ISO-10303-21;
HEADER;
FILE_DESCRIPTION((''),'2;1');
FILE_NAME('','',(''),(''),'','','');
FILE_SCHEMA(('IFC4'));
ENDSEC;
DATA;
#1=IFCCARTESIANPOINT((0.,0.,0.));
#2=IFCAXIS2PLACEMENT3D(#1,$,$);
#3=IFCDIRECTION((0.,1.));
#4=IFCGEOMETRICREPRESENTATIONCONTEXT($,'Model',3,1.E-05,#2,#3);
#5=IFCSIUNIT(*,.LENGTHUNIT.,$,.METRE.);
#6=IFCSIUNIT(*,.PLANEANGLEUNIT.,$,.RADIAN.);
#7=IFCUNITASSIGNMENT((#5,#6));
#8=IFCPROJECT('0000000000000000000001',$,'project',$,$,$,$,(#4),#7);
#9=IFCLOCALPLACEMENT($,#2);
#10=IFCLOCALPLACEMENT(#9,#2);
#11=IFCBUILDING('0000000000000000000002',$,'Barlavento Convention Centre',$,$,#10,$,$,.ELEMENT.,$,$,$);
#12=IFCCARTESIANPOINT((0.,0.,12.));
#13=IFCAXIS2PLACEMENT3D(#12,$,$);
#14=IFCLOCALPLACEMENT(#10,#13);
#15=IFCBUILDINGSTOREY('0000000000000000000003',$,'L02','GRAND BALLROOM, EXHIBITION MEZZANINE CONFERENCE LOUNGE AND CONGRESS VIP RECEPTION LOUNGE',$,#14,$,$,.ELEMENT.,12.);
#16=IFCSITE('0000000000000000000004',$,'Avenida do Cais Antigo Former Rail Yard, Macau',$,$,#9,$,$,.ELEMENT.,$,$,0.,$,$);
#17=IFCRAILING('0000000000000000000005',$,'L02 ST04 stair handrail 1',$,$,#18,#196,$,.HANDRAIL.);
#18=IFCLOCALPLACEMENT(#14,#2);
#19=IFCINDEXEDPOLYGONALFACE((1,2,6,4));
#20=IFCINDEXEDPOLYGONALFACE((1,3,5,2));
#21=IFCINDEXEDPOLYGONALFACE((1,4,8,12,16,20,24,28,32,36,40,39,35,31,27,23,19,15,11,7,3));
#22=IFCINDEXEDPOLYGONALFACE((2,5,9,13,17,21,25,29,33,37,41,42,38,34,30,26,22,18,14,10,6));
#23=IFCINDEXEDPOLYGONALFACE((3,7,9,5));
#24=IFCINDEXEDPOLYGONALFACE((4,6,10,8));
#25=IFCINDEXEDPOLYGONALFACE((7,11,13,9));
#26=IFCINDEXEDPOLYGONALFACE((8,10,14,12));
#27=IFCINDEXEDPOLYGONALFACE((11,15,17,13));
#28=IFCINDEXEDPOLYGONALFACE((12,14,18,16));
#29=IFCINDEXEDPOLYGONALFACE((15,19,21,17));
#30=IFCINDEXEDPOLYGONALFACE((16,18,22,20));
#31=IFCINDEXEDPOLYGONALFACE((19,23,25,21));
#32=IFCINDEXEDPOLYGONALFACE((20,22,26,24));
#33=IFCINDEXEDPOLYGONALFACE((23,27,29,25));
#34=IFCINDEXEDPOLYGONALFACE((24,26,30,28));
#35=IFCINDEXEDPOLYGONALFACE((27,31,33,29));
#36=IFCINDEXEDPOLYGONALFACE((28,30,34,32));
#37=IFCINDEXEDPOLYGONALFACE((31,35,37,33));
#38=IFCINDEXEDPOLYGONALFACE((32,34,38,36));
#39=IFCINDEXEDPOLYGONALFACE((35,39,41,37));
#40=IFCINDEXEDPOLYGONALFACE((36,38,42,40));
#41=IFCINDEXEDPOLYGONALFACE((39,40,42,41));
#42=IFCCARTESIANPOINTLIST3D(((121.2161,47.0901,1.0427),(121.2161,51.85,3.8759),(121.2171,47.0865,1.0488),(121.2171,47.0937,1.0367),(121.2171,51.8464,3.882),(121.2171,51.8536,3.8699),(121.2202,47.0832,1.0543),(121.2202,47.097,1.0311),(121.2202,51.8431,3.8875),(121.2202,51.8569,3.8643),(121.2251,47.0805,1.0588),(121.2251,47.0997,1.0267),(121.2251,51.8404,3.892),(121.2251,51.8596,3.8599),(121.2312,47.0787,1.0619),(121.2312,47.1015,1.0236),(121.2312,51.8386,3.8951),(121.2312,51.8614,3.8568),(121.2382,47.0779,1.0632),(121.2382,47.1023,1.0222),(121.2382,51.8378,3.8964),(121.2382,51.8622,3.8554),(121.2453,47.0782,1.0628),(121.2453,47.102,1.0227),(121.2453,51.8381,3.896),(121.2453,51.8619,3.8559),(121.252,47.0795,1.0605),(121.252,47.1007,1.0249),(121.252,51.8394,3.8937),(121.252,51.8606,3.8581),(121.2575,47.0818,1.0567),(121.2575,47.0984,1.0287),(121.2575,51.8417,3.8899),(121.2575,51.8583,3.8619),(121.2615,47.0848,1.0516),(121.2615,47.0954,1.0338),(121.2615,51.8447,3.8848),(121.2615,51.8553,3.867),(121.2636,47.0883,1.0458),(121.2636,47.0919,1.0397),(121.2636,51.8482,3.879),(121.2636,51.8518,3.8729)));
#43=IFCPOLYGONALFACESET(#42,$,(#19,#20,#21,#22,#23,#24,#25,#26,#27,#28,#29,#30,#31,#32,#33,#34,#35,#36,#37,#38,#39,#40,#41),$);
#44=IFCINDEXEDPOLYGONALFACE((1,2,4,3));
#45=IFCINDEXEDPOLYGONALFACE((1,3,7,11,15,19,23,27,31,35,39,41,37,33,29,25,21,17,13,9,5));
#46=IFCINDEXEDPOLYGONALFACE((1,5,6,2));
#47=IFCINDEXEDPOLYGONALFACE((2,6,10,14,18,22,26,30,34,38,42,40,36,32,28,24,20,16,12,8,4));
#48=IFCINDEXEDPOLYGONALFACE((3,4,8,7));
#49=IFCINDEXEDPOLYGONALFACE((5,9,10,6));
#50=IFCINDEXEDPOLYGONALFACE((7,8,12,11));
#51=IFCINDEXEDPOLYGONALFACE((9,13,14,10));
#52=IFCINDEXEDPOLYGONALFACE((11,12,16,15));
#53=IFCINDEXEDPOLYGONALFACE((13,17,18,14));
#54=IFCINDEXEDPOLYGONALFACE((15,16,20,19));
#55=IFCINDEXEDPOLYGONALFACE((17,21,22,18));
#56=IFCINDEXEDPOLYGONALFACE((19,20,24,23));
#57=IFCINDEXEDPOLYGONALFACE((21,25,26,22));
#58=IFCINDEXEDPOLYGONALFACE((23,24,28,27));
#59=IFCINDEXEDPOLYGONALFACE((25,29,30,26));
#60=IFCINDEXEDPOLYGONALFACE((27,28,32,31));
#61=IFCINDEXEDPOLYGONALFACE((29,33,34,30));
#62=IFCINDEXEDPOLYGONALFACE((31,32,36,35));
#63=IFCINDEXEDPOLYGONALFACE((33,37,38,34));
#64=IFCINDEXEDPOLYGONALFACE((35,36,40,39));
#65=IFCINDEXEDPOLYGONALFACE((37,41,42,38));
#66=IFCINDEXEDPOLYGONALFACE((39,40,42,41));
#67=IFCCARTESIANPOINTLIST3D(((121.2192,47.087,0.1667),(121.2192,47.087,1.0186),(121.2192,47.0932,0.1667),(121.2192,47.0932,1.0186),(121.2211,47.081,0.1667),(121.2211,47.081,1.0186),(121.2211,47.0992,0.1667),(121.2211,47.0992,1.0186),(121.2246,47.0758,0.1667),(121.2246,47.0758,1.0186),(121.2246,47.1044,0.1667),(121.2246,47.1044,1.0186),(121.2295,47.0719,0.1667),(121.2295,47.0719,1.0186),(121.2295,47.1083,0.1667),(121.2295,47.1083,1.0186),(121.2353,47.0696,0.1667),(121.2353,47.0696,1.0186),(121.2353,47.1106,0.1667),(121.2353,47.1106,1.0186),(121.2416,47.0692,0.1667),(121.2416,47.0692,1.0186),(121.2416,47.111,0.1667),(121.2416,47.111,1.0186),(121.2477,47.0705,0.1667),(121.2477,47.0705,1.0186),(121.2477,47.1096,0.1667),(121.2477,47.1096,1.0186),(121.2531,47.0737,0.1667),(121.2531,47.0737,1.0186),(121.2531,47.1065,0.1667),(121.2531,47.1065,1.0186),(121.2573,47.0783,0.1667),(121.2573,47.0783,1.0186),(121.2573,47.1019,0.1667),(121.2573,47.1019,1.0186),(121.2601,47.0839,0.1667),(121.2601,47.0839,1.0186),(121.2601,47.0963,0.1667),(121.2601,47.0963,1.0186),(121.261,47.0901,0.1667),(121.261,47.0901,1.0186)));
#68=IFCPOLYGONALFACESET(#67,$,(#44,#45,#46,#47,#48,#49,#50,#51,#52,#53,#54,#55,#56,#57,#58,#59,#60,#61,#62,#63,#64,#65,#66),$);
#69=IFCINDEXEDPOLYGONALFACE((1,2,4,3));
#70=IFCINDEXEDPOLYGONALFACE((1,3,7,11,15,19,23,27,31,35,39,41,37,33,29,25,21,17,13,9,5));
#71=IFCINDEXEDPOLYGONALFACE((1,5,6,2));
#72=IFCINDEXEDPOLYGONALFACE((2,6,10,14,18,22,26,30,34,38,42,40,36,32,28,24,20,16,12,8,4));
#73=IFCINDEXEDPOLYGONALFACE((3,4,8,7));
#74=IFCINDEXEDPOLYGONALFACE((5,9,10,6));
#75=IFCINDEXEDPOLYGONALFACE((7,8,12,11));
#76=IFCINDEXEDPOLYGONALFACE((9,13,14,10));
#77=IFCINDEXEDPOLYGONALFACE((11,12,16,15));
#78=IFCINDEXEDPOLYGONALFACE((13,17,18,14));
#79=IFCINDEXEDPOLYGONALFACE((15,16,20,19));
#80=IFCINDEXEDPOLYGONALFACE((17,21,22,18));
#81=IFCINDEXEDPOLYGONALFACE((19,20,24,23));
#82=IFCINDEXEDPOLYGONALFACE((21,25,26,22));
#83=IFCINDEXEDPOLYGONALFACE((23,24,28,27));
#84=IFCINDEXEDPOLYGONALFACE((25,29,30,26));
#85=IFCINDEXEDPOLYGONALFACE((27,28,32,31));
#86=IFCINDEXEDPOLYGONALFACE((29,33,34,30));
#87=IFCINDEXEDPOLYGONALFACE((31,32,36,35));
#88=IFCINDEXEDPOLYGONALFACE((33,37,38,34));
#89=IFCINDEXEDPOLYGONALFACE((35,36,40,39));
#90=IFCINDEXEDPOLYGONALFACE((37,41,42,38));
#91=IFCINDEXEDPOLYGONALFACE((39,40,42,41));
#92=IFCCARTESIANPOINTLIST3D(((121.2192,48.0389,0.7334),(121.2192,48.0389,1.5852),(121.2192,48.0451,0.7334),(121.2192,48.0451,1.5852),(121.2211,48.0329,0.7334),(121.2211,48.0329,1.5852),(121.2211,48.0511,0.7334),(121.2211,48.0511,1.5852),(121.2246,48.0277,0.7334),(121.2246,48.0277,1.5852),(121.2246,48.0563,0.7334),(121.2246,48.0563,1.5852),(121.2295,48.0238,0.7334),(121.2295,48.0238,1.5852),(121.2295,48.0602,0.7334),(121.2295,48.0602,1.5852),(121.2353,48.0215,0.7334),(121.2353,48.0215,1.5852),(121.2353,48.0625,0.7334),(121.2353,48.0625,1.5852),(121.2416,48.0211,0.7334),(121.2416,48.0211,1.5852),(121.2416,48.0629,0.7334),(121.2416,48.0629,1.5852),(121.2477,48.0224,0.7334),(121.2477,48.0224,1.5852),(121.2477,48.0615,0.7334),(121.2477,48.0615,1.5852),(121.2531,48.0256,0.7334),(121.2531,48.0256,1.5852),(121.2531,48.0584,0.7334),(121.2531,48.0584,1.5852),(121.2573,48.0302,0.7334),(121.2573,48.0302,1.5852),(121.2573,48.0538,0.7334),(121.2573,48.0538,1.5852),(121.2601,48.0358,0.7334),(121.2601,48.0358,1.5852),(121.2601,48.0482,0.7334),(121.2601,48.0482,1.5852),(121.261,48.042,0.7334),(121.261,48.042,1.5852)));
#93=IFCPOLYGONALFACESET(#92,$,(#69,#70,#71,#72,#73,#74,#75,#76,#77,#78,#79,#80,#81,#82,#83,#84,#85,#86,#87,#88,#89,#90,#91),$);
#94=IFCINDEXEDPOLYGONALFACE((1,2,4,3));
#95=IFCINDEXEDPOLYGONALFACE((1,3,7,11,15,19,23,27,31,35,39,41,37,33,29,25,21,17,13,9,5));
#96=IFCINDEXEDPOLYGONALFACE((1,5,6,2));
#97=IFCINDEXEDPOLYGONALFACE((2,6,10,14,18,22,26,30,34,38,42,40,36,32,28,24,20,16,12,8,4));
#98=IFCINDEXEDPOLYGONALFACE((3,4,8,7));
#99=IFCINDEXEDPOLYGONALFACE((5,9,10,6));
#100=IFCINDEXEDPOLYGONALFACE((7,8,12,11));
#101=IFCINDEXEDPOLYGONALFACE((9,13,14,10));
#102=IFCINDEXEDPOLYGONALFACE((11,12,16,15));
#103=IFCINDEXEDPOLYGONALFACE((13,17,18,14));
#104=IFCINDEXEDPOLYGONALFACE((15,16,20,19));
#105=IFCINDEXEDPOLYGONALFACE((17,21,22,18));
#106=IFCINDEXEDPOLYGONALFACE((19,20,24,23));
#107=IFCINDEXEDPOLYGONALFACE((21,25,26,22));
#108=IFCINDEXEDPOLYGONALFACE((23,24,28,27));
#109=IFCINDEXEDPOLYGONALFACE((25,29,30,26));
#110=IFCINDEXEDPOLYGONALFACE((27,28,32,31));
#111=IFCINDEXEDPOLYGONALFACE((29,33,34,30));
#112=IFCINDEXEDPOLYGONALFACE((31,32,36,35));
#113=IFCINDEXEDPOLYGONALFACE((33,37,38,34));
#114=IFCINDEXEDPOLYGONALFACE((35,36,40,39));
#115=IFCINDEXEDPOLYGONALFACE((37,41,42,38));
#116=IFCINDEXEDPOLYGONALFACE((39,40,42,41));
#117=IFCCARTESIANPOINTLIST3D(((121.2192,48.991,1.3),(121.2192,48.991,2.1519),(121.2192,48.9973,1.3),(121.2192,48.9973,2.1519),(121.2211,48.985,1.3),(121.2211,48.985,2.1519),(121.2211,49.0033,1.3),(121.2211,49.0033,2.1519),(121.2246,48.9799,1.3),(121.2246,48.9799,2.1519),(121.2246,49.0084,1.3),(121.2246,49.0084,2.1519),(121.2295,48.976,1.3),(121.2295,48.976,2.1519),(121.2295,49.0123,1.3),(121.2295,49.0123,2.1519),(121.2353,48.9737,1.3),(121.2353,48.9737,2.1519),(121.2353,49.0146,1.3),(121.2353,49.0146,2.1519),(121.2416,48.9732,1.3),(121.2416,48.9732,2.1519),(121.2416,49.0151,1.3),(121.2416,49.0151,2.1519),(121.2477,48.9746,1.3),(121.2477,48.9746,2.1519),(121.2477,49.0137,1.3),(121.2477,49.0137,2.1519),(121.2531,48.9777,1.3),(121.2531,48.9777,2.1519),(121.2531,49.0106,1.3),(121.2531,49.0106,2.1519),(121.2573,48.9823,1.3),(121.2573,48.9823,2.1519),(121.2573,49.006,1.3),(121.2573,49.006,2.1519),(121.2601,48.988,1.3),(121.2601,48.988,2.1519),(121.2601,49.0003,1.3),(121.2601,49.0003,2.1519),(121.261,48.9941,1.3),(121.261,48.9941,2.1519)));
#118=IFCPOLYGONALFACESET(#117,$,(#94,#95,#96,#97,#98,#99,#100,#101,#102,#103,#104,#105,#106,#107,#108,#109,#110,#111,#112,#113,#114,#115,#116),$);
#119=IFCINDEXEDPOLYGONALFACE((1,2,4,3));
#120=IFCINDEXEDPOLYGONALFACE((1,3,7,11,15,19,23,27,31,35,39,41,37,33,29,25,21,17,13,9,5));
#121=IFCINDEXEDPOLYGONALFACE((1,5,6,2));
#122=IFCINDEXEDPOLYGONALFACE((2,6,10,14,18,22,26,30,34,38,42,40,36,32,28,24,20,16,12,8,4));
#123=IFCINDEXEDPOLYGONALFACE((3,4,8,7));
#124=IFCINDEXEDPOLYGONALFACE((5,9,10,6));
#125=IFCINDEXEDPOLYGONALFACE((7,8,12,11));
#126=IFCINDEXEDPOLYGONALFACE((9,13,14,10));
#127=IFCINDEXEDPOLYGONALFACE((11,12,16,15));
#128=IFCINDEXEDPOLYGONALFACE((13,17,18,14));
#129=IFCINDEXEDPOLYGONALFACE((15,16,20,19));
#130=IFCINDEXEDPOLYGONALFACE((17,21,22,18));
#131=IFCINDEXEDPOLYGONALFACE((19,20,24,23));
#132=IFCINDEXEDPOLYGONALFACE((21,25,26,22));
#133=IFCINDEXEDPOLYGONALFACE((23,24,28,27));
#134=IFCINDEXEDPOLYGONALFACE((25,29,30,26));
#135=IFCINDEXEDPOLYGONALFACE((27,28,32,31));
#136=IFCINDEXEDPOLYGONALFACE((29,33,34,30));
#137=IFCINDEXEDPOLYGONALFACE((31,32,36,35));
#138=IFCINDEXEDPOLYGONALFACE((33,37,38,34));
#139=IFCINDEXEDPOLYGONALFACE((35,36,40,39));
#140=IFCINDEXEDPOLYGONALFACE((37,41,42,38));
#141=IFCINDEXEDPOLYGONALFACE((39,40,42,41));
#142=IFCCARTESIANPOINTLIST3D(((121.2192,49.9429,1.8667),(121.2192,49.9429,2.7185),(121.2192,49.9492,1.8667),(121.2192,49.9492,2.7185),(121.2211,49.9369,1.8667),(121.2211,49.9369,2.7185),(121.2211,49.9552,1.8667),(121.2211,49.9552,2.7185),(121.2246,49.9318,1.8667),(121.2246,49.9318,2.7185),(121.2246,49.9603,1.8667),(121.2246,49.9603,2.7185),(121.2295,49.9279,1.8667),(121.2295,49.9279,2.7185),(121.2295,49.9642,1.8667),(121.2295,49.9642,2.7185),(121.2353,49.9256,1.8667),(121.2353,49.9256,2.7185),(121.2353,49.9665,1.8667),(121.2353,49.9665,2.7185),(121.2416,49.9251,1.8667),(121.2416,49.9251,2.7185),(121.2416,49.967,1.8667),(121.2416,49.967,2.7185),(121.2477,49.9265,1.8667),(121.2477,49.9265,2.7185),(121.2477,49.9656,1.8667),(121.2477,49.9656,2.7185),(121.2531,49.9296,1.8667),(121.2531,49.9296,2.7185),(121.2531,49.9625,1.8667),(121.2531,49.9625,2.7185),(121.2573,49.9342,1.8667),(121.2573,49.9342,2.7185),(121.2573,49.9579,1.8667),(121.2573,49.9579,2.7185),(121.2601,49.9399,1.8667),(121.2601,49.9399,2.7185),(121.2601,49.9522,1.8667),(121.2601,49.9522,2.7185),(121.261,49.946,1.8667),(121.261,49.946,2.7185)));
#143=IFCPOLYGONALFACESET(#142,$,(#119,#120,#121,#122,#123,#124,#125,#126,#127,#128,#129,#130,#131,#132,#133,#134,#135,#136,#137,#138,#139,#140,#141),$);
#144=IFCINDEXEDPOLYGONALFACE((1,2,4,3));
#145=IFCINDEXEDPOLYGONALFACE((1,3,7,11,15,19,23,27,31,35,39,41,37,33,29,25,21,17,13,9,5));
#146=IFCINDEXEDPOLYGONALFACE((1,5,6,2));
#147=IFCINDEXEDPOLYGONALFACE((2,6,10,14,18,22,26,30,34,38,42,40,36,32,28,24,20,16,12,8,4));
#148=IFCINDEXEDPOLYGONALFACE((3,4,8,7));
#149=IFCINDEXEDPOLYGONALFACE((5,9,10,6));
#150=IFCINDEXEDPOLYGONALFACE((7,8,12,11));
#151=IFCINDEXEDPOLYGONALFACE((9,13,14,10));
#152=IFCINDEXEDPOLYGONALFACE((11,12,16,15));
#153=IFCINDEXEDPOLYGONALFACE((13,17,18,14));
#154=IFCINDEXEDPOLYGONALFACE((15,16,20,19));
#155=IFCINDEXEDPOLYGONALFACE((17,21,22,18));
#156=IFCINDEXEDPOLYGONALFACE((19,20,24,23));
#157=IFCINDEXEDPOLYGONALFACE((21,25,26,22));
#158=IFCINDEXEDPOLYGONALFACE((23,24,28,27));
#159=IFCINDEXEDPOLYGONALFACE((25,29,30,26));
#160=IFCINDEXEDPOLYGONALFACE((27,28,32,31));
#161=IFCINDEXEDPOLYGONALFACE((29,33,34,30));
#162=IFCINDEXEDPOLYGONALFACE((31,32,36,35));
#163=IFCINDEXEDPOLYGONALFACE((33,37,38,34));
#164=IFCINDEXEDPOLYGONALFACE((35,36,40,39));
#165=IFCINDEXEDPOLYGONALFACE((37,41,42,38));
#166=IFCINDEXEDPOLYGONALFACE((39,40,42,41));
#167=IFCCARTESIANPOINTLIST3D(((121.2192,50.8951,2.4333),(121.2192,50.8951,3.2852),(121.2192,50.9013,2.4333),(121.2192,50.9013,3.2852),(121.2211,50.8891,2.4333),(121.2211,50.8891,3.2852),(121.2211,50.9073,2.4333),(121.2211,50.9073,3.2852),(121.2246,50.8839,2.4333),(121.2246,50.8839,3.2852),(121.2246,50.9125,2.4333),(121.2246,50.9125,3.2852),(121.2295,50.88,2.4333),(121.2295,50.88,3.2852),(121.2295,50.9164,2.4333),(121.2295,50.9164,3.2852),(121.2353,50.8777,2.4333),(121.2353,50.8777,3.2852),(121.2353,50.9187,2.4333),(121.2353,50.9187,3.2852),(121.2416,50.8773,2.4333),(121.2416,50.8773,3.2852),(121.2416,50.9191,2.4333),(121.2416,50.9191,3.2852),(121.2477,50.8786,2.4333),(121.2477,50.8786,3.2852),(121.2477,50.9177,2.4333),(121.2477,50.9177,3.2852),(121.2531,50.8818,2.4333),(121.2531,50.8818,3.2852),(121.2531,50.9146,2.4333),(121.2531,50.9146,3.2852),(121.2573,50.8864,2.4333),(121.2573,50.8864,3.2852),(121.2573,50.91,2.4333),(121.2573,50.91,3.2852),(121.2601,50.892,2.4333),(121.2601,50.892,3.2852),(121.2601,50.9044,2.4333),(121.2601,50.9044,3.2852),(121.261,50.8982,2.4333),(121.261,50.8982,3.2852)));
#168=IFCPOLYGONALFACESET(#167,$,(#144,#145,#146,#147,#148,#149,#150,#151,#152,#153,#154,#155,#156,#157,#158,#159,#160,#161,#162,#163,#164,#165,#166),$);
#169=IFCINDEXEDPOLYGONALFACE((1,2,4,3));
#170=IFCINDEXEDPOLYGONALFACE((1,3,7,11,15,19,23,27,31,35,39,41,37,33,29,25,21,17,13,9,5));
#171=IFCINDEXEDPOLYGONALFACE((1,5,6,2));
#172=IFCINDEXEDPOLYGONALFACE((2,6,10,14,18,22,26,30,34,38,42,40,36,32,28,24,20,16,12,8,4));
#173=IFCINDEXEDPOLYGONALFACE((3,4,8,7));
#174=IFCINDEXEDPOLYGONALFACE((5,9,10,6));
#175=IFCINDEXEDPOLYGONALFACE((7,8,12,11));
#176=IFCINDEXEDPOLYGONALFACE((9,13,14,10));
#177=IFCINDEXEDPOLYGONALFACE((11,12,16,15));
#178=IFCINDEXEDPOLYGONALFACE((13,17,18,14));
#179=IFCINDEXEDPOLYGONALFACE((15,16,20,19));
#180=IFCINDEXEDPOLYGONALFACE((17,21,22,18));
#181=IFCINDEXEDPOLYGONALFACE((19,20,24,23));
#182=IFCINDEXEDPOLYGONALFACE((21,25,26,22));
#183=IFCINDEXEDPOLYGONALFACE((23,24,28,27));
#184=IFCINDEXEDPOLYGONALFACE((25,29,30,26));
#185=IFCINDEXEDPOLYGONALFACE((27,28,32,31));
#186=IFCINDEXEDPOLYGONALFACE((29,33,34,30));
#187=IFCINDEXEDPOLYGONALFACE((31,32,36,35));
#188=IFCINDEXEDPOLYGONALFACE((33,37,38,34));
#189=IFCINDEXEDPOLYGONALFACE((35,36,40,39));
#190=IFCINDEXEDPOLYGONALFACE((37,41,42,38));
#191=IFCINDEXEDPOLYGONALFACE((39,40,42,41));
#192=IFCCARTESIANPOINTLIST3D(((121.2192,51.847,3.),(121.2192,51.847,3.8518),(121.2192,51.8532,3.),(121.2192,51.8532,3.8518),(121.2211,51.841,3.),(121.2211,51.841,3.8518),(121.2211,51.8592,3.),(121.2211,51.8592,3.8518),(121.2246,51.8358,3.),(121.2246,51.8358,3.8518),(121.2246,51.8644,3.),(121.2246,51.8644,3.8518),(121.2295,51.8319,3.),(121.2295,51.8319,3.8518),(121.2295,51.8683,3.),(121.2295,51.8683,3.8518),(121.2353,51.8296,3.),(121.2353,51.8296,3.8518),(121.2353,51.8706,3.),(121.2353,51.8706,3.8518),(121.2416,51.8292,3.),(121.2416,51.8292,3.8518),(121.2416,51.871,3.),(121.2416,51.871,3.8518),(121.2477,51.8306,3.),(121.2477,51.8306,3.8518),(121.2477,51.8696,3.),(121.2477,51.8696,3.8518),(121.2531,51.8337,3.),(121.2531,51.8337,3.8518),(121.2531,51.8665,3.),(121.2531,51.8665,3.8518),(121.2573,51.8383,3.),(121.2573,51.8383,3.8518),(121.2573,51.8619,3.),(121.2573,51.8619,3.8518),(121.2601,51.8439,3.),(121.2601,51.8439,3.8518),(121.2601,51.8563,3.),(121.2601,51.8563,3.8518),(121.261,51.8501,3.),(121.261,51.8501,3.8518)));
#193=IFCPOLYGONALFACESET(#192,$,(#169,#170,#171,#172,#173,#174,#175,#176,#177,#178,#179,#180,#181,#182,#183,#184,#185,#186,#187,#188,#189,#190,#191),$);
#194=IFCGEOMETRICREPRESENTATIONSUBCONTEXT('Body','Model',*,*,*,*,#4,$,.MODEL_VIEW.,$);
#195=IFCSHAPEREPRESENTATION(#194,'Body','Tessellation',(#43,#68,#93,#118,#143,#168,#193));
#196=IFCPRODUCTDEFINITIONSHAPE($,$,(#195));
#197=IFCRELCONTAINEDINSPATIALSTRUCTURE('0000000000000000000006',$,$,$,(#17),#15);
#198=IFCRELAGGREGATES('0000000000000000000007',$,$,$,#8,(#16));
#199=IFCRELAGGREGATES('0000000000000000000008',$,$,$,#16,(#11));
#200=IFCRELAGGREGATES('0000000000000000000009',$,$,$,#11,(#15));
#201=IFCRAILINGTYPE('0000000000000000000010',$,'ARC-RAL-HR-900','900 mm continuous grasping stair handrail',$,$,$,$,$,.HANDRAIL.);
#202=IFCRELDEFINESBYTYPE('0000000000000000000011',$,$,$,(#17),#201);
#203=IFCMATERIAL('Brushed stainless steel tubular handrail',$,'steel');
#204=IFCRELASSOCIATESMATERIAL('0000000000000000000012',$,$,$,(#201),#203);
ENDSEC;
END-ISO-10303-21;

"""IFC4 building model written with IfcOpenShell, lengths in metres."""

from ifc_helpers import new_model, si_unit, direction, frame, origin, origin_2d, place, context, subcontext, project, spatial, circle, extrude, material, type_object, element, save


model = new_model("IFC4")

# Units and contexts
model_context = context("Model", 3, precision=1e-05, world=origin(), true_north=direction((0.0, 1.0)))
body_context = subcontext(model_context, "Body", "Model", "MODEL_VIEW")
ifc_project = project(units=[si_unit("LENGTHUNIT", "METRE"), si_unit("PLANEANGLEUNIT", "RADIAN")], contexts=[model_context])

# Site, building, storey
site_placement = place(None, origin())
site = spatial("IfcSite", under=ifc_project, at=site_placement, Name="Avenida do Cais Antigo Former Rail Yard, Macau", CompositionType="ELEMENT", RefElevation=0.0)
building_placement = place(site_placement, origin())
building = spatial("IfcBuilding", under=site, at=building_placement, Name="Barlavento Convention Centre", CompositionType="ELEMENT")
storey_placement = place(building_placement, frame((0.0, 0.0, 12.0)))
storey = spatial("IfcBuildingStorey", under=building, at=storey_placement, Name="L02", Description="GRAND BALLROOM, EXHIBITION MEZZANINE CONFERENCE LOUNGE AND CONGRESS VIP RECEPTION LOUNGE", CompositionType="ELEMENT", Elevation=12.0)

# Railing
ifc_material_1 = material(Name="Brushed stainless steel tubular handrail", Category="steel")
railing_type_1 = type_object("IfcRailingType", Name="ARC-RAL-HR-900", Description="900 mm continuous grasping stair handrail", PredefinedType="HANDRAIL", material=ifc_material_1)
railing_1_placement = place(storey_placement, frame((121.24, 47.0901, 0.1667)))
element("IfcRailing", 1, at=railing_1_placement, inside=storey, type_object=railing_type_1, Name="L02 ST04 stair handrail 1", PredefinedType="HANDRAIL", context=body_context, shape_type="SweptSolid", body=[
    extrude(circle(Radius=0.0239, at=origin_2d()), frame((0.0, 0.0, 0.876), z_axis=(0.0, 0.8593, 0.511472), x_axis=(-1.0, 0.0, 0.0)), (0.0, 0.0, 1.0), 5.5393),
    extrude(circle(Radius=0.021, at=origin_2d()), origin(), (0.0, 0.0, 1.0), 0.8518),
    extrude(circle(Radius=0.021, at=origin_2d()), frame((0.0, 0.9519, 0.5667)), (0.0, 0.0, 1.0), 0.8518),
    extrude(circle(Radius=0.021, at=origin_2d()), frame((0.0, 1.9041, 1.1333)), (0.0, 0.0, 1.0), 0.8518),
    extrude(circle(Radius=0.021, at=origin_2d()), frame((0.0, 2.856, 1.7)), (0.0, 0.0, 1.0), 0.8518),
    extrude(circle(Radius=0.021, at=origin_2d()), frame((0.0, 3.8081, 2.2666)), (0.0, 0.0, 1.0), 0.8518),
    extrude(circle(Radius=0.021, at=origin_2d()), frame((0.0, 4.76, 2.8333)), (0.0, 0.0, 1.0), 0.8518),
])

save(model, "model.ifc")
